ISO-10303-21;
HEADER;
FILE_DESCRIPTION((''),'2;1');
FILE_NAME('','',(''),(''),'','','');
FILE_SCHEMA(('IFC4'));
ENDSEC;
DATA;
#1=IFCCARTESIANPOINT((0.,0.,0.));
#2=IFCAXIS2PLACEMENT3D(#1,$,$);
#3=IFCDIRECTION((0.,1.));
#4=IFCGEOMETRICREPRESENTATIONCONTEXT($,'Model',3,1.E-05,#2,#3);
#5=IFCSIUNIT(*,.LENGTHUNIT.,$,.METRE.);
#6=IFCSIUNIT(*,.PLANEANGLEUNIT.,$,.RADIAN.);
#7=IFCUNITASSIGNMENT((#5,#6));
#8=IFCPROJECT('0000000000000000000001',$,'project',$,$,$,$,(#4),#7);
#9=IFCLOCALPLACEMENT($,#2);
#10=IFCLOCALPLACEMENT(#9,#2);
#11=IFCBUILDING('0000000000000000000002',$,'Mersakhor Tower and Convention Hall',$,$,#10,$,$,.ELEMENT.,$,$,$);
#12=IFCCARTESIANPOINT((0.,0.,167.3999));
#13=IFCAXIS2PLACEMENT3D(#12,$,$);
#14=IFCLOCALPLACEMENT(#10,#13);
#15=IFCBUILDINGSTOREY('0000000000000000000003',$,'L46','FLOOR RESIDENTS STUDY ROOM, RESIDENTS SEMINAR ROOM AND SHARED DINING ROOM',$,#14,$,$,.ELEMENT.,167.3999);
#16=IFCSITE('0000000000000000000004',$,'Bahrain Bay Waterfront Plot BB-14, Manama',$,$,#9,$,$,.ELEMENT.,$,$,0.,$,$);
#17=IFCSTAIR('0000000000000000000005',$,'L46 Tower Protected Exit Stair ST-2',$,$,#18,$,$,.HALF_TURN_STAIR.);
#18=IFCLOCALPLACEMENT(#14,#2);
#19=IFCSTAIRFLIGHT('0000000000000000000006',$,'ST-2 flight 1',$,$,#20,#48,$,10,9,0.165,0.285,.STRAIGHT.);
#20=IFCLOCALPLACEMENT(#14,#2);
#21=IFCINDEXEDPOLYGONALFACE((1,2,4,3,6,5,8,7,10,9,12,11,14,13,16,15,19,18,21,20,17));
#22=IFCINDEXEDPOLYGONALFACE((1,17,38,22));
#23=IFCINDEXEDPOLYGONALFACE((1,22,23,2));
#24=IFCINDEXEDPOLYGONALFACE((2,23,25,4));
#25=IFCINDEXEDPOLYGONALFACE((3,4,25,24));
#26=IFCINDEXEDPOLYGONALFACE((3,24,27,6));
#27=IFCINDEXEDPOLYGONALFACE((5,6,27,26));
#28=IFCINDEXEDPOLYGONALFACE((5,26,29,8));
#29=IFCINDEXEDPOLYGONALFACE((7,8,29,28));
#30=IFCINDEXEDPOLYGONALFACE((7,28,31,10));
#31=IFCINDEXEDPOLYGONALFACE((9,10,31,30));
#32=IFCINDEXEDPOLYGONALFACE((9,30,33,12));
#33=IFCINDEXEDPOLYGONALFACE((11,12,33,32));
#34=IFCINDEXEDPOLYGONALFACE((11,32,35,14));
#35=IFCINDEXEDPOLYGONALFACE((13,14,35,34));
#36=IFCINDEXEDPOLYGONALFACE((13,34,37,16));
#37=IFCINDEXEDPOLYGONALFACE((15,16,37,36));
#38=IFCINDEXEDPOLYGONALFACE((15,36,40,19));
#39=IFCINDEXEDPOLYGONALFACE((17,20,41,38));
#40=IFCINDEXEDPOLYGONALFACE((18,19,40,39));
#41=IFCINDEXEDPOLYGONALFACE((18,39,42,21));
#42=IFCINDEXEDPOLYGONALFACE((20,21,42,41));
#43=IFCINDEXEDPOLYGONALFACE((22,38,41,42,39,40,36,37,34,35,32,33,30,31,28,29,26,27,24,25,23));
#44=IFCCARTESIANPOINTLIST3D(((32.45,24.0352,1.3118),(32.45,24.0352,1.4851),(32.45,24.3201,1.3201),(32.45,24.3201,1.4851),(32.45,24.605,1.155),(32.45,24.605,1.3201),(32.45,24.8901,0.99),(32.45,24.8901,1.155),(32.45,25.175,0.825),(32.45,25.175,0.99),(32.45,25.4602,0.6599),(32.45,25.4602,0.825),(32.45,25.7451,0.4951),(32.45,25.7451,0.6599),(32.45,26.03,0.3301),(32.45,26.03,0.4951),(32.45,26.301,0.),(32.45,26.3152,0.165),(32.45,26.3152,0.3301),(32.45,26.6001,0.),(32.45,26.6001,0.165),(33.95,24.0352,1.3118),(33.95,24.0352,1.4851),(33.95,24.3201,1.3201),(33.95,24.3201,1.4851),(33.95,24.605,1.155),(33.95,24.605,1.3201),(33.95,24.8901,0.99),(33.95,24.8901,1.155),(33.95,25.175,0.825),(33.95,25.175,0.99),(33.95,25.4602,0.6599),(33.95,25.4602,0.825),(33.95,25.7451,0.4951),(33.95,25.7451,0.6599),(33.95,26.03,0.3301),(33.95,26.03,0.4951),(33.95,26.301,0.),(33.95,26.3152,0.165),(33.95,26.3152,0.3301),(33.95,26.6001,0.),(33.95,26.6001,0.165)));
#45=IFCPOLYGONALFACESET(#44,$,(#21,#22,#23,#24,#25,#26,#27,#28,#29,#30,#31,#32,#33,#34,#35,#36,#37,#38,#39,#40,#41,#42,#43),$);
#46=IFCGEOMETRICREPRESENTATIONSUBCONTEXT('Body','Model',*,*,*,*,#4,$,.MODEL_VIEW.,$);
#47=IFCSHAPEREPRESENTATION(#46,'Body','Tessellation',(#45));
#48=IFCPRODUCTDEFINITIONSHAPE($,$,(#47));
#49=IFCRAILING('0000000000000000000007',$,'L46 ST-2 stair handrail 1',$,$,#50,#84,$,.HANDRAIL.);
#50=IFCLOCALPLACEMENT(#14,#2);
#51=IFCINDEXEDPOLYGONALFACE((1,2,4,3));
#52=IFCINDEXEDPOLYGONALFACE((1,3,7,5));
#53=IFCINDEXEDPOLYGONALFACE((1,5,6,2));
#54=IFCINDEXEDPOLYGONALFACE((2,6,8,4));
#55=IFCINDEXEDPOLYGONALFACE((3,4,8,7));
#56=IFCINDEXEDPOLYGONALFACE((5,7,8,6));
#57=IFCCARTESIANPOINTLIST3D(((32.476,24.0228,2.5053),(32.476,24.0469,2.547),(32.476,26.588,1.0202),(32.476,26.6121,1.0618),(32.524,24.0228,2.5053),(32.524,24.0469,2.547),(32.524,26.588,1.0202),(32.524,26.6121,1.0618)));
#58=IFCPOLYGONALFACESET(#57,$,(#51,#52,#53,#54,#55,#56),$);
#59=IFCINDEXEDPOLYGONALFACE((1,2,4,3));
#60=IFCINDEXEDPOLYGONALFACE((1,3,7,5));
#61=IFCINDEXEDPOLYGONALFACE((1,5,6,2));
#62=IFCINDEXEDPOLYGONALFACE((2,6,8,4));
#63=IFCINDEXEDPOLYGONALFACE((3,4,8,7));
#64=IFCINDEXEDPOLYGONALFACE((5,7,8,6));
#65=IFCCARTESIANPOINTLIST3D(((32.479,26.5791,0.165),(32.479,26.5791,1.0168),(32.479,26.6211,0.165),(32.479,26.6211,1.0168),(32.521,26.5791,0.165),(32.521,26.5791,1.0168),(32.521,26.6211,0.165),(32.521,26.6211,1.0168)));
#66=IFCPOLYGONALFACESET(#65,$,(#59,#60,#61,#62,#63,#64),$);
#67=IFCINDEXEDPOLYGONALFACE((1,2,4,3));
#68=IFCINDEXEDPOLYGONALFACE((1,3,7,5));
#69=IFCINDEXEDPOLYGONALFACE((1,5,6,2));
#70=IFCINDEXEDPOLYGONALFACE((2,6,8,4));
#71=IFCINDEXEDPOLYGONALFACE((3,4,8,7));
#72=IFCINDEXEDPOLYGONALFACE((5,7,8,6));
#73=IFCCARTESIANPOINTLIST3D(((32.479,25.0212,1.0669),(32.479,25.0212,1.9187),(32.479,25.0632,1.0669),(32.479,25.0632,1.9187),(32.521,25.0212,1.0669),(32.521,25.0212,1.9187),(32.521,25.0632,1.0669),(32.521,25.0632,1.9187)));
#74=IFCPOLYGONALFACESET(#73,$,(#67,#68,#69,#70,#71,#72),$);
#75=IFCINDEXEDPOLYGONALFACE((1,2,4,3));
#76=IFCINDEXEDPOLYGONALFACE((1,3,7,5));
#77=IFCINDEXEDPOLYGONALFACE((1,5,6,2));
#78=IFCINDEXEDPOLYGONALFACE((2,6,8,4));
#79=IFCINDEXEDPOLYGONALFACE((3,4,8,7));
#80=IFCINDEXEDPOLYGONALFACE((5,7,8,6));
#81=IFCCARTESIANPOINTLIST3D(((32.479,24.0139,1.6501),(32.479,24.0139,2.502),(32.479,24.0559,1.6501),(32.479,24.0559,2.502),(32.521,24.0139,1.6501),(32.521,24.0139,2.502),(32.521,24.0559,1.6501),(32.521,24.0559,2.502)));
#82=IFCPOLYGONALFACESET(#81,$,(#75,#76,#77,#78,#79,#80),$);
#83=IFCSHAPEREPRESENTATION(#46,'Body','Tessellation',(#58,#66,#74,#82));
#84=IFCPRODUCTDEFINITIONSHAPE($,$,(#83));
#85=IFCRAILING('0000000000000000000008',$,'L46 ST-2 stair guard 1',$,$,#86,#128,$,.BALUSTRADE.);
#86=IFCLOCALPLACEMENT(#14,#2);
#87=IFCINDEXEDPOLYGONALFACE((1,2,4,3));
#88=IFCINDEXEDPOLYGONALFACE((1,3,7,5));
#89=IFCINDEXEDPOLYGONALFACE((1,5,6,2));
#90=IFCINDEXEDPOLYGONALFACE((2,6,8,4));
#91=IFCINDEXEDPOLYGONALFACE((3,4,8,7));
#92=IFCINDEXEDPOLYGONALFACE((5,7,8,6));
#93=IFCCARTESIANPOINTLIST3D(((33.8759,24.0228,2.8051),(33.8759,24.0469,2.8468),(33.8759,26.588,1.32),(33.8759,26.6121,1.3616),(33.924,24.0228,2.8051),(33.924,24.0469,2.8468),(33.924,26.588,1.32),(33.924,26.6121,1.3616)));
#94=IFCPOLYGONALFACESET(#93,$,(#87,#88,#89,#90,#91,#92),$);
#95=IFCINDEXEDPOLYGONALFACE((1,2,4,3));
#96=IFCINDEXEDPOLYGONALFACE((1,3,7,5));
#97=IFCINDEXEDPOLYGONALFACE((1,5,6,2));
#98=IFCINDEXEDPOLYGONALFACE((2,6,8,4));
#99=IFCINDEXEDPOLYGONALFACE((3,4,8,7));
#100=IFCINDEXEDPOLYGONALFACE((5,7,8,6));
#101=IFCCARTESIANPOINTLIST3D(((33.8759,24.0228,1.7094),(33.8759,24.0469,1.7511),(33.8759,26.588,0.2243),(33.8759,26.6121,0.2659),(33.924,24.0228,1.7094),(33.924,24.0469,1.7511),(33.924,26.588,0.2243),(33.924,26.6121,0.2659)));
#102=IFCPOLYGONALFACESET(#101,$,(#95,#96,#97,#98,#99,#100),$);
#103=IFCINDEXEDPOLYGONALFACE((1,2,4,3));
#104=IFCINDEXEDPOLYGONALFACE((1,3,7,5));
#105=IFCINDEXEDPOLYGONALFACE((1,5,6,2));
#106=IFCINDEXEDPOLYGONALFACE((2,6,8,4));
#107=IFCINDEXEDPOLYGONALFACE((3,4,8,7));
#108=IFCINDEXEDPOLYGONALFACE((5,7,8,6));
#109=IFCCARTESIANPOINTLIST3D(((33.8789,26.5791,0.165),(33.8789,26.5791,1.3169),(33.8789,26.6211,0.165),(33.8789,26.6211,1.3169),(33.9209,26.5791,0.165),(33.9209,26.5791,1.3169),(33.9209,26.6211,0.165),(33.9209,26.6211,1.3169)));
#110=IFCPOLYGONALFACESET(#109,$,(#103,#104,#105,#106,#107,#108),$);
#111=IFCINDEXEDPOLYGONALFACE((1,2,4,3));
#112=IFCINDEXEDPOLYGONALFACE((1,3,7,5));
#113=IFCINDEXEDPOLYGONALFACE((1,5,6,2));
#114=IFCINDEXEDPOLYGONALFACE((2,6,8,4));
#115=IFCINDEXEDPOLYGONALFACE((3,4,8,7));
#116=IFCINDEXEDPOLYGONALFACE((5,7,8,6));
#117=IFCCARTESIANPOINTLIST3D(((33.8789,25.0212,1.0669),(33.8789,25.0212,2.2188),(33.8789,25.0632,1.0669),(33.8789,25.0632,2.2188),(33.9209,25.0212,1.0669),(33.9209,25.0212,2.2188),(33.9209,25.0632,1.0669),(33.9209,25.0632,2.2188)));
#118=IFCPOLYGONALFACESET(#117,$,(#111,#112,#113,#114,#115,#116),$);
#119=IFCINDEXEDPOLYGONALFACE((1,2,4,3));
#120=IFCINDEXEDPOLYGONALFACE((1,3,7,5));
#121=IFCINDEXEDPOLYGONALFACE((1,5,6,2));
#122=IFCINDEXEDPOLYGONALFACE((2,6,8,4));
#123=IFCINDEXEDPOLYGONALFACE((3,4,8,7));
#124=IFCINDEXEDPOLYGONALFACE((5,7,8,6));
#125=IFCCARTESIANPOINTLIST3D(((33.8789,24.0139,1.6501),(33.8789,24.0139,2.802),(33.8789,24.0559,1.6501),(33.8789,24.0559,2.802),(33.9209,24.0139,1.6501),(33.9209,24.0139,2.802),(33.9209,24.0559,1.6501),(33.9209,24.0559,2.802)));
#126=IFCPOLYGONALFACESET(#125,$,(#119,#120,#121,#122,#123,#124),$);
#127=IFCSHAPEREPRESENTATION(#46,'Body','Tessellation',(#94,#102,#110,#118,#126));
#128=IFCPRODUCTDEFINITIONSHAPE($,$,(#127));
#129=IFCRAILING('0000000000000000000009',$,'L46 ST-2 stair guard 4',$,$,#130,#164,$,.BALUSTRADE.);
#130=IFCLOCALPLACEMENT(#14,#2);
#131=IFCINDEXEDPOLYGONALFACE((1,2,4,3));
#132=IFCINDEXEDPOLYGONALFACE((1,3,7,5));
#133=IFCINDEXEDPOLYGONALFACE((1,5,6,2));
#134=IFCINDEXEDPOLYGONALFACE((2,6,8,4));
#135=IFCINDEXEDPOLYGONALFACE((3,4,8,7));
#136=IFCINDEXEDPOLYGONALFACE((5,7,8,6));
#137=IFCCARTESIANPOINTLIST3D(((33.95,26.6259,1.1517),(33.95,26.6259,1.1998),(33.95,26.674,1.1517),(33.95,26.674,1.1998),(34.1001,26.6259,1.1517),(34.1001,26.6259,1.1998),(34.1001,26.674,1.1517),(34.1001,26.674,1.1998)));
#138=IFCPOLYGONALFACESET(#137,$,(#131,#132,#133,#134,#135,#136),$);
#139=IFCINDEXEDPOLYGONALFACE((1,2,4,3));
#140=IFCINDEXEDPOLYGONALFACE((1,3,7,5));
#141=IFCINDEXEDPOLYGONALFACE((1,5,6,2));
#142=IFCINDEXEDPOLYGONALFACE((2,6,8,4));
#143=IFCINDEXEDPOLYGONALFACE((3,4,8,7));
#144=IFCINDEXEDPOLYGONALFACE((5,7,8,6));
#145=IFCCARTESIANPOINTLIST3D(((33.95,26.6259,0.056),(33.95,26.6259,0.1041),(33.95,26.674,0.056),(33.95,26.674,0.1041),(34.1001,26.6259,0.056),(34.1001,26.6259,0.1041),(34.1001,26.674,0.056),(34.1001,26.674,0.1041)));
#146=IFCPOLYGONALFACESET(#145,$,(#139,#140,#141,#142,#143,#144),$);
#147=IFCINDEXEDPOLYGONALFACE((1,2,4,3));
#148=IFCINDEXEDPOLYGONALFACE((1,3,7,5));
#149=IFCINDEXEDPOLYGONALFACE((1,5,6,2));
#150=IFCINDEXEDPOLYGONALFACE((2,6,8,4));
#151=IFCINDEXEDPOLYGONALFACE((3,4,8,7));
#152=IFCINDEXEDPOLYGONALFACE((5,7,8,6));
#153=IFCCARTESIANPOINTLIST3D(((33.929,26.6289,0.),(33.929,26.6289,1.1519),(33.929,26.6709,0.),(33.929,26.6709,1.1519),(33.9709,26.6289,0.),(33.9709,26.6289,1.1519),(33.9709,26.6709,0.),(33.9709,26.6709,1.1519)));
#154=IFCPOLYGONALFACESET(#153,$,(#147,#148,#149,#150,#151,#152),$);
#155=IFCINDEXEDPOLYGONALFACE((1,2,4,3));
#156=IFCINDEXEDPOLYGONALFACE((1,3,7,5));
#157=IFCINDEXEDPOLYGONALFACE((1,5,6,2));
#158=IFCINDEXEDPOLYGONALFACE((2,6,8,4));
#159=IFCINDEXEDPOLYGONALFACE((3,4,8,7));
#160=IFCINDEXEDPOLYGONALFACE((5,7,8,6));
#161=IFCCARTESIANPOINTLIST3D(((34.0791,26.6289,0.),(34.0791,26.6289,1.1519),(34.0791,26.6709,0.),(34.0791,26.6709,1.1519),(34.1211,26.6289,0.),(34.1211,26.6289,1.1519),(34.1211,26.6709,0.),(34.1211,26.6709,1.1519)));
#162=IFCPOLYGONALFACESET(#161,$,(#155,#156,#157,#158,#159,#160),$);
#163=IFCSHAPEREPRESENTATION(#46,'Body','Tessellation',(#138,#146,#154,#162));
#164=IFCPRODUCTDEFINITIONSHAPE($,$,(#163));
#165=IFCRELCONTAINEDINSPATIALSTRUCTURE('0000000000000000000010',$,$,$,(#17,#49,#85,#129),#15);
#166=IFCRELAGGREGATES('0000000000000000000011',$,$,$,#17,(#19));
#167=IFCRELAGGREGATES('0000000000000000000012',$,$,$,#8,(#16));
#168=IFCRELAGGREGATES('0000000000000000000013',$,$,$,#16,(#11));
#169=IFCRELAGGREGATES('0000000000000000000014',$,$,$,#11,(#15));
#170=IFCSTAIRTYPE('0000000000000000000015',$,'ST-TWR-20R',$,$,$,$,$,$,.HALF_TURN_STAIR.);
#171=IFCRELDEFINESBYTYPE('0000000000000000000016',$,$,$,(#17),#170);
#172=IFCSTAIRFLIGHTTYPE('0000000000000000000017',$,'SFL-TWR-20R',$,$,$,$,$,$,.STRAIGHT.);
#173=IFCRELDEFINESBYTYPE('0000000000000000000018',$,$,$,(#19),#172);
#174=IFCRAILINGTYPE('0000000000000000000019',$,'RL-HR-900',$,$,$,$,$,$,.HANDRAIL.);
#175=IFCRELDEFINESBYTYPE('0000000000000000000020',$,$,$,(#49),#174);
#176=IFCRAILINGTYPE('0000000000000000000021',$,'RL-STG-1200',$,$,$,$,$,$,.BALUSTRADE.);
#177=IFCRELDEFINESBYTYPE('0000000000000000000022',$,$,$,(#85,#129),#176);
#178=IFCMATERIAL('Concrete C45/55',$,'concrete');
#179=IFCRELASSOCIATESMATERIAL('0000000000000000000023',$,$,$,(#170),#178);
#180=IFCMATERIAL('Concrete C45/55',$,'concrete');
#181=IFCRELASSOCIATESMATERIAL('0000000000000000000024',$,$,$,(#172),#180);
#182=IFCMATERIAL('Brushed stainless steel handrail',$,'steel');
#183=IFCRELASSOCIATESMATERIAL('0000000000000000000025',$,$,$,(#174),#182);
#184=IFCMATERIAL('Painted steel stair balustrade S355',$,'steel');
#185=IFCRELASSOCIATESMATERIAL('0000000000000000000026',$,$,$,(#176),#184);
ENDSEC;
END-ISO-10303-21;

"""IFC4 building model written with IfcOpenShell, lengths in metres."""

from ifc_helpers import new_model, si_unit, direction, frame, origin, origin_2d, place, context, subcontext, project, spatial, polyline, rectangle, outline, extrude, material, type_object, element, aggregate, save


model = new_model("IFC4")

# Units and contexts
model_context = context("Model", 3, precision=1e-05, world=origin(), true_north=direction((0.0, 1.0)))
body_context = subcontext(model_context, "Body", "Model", "MODEL_VIEW")
ifc_project = project(units=[si_unit("LENGTHUNIT", "METRE"), si_unit("PLANEANGLEUNIT", "RADIAN")], contexts=[model_context])

# Site, building, storey
site_placement = place(None, origin())
site = spatial("IfcSite", under=ifc_project, at=site_placement, Name="Bahrain Bay Waterfront Plot BB-14, Manama", CompositionType="ELEMENT", RefElevation=0.0)
building_placement = place(site_placement, origin())
building = spatial("IfcBuilding", under=site, at=building_placement, Name="Mersakhor Tower and Convention Hall", CompositionType="ELEMENT")
storey_placement = place(building_placement, frame((0.0, 0.0, 167.3999)))
storey = spatial("IfcBuildingStorey", under=building, at=storey_placement, Name="L46", Description="FLOOR RESIDENTS STUDY ROOM, RESIDENTS SEMINAR ROOM AND SHARED DINING ROOM", CompositionType="ELEMENT", Elevation=167.3999)

# Stair, stair flight
ifc_material_1 = material(Name="Concrete C45/55", Category="concrete")
stair_type = type_object("IfcStairType", Name="ST-TWR-20R", PredefinedType="HALF_TURN_STAIR", material=ifc_material_1)
stair_placement = place(storey_placement, origin())
stair = element("IfcStair", 1, at=stair_placement, inside=storey, type_object=stair_type, Name="L46 Tower Protected Exit Stair ST-2", PredefinedType="HALF_TURN_STAIR")
ifc_material_2 = material(Name="Concrete C45/55", Category="concrete")
stair_flight_type = type_object("IfcStairFlightType", Name="SFL-TWR-20R", PredefinedType="STRAIGHT", material=ifc_material_2)
stair_flight_placement = place(storey_placement, frame((33.2, 26.6001, 0.0), z_axis=(0.0, 0.0, 1.0), x_axis=(0.0, -1.0, 0.0)))
stair_flight = element("IfcStairFlight", 2, at=stair_flight_placement, type_object=stair_flight_type, Name="ST-2 flight 1", NumberOfRisers=10, NumberOfTreads=9, PredefinedType="STRAIGHT", RiserHeight=0.165, TreadLength=0.285, context=body_context, shape_type="SweptSolid", body=[
    extrude(outline(polyline([(0.0, 0.0), (0.0, 0.165), (0.2849, 0.165), (0.2849, 0.3301), (0.5701, 0.3301), (0.5701, 0.4951), (0.855, 0.4951), (0.855, 0.6599), (1.1399, 0.6599), (1.1399, 0.825), (1.425, 0.825), (1.425, 0.99), (1.71, 0.99), (1.71, 1.155), (1.9951, 1.155), (1.9951, 1.3201), (2.28, 1.3201), (2.28, 1.4851), (2.5649, 1.4851), (2.5649, 1.6499), (2.5649, 1.3118), (0.2991, 0.0), (0.0, 0.0)])), frame((0.0, 0.75, 0.0), z_axis=(0.0, -1.0, 0.0), x_axis=(1.0, 0.0, 0.0)), (0.0, 0.0, 1.0), 1.5),
])
aggregate(stair, [stair_flight])

# Railings
ifc_material_3 = material(Name="Brushed stainless steel handrail", Category="steel")
railing_type_1 = type_object("IfcRailingType", Name="RL-HR-900", PredefinedType="HANDRAIL", material=ifc_material_3)
railing_1_placement = place(storey_placement, frame((32.5, 26.6001, 0.165)))
element("IfcRailing", 3, at=railing_1_placement, inside=storey, type_object=railing_type_1, Name="L46 ST-2 stair handrail 1", PredefinedType="HANDRAIL", context=body_context, shape_type="SweptSolid", body=[
    extrude(rectangle(XDim=0.0481, YDim=0.0481, at=origin_2d()), frame((0.0, 0.0, 0.876), z_axis=(0.0, -0.865426, 0.501036), x_axis=(1.0, 0.0, 0.0)), (0.0, 0.0, 1.0), 2.9641),
    extrude(rectangle(XDim=0.042, YDim=0.042, at=origin_2d()), origin(), (0.0, 0.0, 1.0), 0.8518),
    extrude(rectangle(XDim=0.042, YDim=0.042, at=origin_2d()), frame((0.0, -1.5579, 0.9019)), (0.0, 0.0, 1.0), 0.8518),
    extrude(rectangle(XDim=0.042, YDim=0.042, at=origin_2d()), frame((0.0, -2.5652, 1.4851)), (0.0, 0.0, 1.0), 0.8518),
])
ifc_material_4 = material(Name="Painted steel stair balustrade S355", Category="steel")
railing_type_2 = type_object("IfcRailingType", Name="RL-STG-1200", PredefinedType="BALUSTRADE", material=ifc_material_4)
railing_2_placement = place(storey_placement, frame((33.8999, 26.6001, 0.165)))
element("IfcRailing", 4, at=railing_2_placement, inside=storey, type_object=railing_type_2, Name="L46 ST-2 stair guard 1", PredefinedType="BALUSTRADE", context=body_context, shape_type="SweptSolid", body=[
    extrude(rectangle(XDim=0.0481, YDim=0.0481, at=origin_2d()), frame((0.0, 0.0, 1.1758), z_axis=(0.0, -0.865426, 0.501036), x_axis=(1.0, 0.0, 0.0)), (0.0, 0.0, 1.0), 2.9641),
    extrude(rectangle(XDim=0.0481, YDim=0.0481, at=origin_2d()), frame((0.0, 0.0, 0.0801), z_axis=(0.0, -0.865426, 0.501036), x_axis=(1.0, 0.0, 0.0)), (0.0, 0.0, 1.0), 2.9641),
    extrude(rectangle(XDim=0.042, YDim=0.042, at=origin_2d()), origin(), (0.0, 0.0, 1.0), 1.1519),
    extrude(rectangle(XDim=0.042, YDim=0.042, at=origin_2d()), frame((0.0, -1.5579, 0.9019)), (0.0, 0.0, 1.0), 1.1519),
    extrude(rectangle(XDim=0.042, YDim=0.042, at=origin_2d()), frame((0.0, -2.5652, 1.4851)), (0.0, 0.0, 1.0), 1.1519),
])
railing_3_placement = place(storey_placement, frame((33.95, 26.6499, 0.0)))
element("IfcRailing", 5, at=railing_3_placement, inside=storey, type_object=railing_type_2, Name="L46 ST-2 stair guard 4", PredefinedType="BALUSTRADE", context=body_context, shape_type="SweptSolid", body=[
    extrude(rectangle(XDim=0.0481, YDim=0.0481, at=origin_2d()), frame((0.0, 0.0, 1.1758), z_axis=(1.0, 0.0, 0.0), x_axis=(0.0, 1.0, 0.0)), (0.0, 0.0, 1.0), 0.1501),
    extrude(rectangle(XDim=0.0481, YDim=0.0481, at=origin_2d()), frame((0.0, 0.0, 0.0801), z_axis=(1.0, 0.0, 0.0), x_axis=(0.0, 1.0, 0.0)), (0.0, 0.0, 1.0), 0.1501),
    extrude(rectangle(XDim=0.042, YDim=0.042, at=origin_2d()), origin(), (0.0, 0.0, 1.0), 1.1519),
    extrude(rectangle(XDim=0.042, YDim=0.042, at=origin_2d()), frame((0.1501, 0.0, 0.0)), (0.0, 0.0, 1.0), 1.1519),
])

save(model, "model.ifc")
